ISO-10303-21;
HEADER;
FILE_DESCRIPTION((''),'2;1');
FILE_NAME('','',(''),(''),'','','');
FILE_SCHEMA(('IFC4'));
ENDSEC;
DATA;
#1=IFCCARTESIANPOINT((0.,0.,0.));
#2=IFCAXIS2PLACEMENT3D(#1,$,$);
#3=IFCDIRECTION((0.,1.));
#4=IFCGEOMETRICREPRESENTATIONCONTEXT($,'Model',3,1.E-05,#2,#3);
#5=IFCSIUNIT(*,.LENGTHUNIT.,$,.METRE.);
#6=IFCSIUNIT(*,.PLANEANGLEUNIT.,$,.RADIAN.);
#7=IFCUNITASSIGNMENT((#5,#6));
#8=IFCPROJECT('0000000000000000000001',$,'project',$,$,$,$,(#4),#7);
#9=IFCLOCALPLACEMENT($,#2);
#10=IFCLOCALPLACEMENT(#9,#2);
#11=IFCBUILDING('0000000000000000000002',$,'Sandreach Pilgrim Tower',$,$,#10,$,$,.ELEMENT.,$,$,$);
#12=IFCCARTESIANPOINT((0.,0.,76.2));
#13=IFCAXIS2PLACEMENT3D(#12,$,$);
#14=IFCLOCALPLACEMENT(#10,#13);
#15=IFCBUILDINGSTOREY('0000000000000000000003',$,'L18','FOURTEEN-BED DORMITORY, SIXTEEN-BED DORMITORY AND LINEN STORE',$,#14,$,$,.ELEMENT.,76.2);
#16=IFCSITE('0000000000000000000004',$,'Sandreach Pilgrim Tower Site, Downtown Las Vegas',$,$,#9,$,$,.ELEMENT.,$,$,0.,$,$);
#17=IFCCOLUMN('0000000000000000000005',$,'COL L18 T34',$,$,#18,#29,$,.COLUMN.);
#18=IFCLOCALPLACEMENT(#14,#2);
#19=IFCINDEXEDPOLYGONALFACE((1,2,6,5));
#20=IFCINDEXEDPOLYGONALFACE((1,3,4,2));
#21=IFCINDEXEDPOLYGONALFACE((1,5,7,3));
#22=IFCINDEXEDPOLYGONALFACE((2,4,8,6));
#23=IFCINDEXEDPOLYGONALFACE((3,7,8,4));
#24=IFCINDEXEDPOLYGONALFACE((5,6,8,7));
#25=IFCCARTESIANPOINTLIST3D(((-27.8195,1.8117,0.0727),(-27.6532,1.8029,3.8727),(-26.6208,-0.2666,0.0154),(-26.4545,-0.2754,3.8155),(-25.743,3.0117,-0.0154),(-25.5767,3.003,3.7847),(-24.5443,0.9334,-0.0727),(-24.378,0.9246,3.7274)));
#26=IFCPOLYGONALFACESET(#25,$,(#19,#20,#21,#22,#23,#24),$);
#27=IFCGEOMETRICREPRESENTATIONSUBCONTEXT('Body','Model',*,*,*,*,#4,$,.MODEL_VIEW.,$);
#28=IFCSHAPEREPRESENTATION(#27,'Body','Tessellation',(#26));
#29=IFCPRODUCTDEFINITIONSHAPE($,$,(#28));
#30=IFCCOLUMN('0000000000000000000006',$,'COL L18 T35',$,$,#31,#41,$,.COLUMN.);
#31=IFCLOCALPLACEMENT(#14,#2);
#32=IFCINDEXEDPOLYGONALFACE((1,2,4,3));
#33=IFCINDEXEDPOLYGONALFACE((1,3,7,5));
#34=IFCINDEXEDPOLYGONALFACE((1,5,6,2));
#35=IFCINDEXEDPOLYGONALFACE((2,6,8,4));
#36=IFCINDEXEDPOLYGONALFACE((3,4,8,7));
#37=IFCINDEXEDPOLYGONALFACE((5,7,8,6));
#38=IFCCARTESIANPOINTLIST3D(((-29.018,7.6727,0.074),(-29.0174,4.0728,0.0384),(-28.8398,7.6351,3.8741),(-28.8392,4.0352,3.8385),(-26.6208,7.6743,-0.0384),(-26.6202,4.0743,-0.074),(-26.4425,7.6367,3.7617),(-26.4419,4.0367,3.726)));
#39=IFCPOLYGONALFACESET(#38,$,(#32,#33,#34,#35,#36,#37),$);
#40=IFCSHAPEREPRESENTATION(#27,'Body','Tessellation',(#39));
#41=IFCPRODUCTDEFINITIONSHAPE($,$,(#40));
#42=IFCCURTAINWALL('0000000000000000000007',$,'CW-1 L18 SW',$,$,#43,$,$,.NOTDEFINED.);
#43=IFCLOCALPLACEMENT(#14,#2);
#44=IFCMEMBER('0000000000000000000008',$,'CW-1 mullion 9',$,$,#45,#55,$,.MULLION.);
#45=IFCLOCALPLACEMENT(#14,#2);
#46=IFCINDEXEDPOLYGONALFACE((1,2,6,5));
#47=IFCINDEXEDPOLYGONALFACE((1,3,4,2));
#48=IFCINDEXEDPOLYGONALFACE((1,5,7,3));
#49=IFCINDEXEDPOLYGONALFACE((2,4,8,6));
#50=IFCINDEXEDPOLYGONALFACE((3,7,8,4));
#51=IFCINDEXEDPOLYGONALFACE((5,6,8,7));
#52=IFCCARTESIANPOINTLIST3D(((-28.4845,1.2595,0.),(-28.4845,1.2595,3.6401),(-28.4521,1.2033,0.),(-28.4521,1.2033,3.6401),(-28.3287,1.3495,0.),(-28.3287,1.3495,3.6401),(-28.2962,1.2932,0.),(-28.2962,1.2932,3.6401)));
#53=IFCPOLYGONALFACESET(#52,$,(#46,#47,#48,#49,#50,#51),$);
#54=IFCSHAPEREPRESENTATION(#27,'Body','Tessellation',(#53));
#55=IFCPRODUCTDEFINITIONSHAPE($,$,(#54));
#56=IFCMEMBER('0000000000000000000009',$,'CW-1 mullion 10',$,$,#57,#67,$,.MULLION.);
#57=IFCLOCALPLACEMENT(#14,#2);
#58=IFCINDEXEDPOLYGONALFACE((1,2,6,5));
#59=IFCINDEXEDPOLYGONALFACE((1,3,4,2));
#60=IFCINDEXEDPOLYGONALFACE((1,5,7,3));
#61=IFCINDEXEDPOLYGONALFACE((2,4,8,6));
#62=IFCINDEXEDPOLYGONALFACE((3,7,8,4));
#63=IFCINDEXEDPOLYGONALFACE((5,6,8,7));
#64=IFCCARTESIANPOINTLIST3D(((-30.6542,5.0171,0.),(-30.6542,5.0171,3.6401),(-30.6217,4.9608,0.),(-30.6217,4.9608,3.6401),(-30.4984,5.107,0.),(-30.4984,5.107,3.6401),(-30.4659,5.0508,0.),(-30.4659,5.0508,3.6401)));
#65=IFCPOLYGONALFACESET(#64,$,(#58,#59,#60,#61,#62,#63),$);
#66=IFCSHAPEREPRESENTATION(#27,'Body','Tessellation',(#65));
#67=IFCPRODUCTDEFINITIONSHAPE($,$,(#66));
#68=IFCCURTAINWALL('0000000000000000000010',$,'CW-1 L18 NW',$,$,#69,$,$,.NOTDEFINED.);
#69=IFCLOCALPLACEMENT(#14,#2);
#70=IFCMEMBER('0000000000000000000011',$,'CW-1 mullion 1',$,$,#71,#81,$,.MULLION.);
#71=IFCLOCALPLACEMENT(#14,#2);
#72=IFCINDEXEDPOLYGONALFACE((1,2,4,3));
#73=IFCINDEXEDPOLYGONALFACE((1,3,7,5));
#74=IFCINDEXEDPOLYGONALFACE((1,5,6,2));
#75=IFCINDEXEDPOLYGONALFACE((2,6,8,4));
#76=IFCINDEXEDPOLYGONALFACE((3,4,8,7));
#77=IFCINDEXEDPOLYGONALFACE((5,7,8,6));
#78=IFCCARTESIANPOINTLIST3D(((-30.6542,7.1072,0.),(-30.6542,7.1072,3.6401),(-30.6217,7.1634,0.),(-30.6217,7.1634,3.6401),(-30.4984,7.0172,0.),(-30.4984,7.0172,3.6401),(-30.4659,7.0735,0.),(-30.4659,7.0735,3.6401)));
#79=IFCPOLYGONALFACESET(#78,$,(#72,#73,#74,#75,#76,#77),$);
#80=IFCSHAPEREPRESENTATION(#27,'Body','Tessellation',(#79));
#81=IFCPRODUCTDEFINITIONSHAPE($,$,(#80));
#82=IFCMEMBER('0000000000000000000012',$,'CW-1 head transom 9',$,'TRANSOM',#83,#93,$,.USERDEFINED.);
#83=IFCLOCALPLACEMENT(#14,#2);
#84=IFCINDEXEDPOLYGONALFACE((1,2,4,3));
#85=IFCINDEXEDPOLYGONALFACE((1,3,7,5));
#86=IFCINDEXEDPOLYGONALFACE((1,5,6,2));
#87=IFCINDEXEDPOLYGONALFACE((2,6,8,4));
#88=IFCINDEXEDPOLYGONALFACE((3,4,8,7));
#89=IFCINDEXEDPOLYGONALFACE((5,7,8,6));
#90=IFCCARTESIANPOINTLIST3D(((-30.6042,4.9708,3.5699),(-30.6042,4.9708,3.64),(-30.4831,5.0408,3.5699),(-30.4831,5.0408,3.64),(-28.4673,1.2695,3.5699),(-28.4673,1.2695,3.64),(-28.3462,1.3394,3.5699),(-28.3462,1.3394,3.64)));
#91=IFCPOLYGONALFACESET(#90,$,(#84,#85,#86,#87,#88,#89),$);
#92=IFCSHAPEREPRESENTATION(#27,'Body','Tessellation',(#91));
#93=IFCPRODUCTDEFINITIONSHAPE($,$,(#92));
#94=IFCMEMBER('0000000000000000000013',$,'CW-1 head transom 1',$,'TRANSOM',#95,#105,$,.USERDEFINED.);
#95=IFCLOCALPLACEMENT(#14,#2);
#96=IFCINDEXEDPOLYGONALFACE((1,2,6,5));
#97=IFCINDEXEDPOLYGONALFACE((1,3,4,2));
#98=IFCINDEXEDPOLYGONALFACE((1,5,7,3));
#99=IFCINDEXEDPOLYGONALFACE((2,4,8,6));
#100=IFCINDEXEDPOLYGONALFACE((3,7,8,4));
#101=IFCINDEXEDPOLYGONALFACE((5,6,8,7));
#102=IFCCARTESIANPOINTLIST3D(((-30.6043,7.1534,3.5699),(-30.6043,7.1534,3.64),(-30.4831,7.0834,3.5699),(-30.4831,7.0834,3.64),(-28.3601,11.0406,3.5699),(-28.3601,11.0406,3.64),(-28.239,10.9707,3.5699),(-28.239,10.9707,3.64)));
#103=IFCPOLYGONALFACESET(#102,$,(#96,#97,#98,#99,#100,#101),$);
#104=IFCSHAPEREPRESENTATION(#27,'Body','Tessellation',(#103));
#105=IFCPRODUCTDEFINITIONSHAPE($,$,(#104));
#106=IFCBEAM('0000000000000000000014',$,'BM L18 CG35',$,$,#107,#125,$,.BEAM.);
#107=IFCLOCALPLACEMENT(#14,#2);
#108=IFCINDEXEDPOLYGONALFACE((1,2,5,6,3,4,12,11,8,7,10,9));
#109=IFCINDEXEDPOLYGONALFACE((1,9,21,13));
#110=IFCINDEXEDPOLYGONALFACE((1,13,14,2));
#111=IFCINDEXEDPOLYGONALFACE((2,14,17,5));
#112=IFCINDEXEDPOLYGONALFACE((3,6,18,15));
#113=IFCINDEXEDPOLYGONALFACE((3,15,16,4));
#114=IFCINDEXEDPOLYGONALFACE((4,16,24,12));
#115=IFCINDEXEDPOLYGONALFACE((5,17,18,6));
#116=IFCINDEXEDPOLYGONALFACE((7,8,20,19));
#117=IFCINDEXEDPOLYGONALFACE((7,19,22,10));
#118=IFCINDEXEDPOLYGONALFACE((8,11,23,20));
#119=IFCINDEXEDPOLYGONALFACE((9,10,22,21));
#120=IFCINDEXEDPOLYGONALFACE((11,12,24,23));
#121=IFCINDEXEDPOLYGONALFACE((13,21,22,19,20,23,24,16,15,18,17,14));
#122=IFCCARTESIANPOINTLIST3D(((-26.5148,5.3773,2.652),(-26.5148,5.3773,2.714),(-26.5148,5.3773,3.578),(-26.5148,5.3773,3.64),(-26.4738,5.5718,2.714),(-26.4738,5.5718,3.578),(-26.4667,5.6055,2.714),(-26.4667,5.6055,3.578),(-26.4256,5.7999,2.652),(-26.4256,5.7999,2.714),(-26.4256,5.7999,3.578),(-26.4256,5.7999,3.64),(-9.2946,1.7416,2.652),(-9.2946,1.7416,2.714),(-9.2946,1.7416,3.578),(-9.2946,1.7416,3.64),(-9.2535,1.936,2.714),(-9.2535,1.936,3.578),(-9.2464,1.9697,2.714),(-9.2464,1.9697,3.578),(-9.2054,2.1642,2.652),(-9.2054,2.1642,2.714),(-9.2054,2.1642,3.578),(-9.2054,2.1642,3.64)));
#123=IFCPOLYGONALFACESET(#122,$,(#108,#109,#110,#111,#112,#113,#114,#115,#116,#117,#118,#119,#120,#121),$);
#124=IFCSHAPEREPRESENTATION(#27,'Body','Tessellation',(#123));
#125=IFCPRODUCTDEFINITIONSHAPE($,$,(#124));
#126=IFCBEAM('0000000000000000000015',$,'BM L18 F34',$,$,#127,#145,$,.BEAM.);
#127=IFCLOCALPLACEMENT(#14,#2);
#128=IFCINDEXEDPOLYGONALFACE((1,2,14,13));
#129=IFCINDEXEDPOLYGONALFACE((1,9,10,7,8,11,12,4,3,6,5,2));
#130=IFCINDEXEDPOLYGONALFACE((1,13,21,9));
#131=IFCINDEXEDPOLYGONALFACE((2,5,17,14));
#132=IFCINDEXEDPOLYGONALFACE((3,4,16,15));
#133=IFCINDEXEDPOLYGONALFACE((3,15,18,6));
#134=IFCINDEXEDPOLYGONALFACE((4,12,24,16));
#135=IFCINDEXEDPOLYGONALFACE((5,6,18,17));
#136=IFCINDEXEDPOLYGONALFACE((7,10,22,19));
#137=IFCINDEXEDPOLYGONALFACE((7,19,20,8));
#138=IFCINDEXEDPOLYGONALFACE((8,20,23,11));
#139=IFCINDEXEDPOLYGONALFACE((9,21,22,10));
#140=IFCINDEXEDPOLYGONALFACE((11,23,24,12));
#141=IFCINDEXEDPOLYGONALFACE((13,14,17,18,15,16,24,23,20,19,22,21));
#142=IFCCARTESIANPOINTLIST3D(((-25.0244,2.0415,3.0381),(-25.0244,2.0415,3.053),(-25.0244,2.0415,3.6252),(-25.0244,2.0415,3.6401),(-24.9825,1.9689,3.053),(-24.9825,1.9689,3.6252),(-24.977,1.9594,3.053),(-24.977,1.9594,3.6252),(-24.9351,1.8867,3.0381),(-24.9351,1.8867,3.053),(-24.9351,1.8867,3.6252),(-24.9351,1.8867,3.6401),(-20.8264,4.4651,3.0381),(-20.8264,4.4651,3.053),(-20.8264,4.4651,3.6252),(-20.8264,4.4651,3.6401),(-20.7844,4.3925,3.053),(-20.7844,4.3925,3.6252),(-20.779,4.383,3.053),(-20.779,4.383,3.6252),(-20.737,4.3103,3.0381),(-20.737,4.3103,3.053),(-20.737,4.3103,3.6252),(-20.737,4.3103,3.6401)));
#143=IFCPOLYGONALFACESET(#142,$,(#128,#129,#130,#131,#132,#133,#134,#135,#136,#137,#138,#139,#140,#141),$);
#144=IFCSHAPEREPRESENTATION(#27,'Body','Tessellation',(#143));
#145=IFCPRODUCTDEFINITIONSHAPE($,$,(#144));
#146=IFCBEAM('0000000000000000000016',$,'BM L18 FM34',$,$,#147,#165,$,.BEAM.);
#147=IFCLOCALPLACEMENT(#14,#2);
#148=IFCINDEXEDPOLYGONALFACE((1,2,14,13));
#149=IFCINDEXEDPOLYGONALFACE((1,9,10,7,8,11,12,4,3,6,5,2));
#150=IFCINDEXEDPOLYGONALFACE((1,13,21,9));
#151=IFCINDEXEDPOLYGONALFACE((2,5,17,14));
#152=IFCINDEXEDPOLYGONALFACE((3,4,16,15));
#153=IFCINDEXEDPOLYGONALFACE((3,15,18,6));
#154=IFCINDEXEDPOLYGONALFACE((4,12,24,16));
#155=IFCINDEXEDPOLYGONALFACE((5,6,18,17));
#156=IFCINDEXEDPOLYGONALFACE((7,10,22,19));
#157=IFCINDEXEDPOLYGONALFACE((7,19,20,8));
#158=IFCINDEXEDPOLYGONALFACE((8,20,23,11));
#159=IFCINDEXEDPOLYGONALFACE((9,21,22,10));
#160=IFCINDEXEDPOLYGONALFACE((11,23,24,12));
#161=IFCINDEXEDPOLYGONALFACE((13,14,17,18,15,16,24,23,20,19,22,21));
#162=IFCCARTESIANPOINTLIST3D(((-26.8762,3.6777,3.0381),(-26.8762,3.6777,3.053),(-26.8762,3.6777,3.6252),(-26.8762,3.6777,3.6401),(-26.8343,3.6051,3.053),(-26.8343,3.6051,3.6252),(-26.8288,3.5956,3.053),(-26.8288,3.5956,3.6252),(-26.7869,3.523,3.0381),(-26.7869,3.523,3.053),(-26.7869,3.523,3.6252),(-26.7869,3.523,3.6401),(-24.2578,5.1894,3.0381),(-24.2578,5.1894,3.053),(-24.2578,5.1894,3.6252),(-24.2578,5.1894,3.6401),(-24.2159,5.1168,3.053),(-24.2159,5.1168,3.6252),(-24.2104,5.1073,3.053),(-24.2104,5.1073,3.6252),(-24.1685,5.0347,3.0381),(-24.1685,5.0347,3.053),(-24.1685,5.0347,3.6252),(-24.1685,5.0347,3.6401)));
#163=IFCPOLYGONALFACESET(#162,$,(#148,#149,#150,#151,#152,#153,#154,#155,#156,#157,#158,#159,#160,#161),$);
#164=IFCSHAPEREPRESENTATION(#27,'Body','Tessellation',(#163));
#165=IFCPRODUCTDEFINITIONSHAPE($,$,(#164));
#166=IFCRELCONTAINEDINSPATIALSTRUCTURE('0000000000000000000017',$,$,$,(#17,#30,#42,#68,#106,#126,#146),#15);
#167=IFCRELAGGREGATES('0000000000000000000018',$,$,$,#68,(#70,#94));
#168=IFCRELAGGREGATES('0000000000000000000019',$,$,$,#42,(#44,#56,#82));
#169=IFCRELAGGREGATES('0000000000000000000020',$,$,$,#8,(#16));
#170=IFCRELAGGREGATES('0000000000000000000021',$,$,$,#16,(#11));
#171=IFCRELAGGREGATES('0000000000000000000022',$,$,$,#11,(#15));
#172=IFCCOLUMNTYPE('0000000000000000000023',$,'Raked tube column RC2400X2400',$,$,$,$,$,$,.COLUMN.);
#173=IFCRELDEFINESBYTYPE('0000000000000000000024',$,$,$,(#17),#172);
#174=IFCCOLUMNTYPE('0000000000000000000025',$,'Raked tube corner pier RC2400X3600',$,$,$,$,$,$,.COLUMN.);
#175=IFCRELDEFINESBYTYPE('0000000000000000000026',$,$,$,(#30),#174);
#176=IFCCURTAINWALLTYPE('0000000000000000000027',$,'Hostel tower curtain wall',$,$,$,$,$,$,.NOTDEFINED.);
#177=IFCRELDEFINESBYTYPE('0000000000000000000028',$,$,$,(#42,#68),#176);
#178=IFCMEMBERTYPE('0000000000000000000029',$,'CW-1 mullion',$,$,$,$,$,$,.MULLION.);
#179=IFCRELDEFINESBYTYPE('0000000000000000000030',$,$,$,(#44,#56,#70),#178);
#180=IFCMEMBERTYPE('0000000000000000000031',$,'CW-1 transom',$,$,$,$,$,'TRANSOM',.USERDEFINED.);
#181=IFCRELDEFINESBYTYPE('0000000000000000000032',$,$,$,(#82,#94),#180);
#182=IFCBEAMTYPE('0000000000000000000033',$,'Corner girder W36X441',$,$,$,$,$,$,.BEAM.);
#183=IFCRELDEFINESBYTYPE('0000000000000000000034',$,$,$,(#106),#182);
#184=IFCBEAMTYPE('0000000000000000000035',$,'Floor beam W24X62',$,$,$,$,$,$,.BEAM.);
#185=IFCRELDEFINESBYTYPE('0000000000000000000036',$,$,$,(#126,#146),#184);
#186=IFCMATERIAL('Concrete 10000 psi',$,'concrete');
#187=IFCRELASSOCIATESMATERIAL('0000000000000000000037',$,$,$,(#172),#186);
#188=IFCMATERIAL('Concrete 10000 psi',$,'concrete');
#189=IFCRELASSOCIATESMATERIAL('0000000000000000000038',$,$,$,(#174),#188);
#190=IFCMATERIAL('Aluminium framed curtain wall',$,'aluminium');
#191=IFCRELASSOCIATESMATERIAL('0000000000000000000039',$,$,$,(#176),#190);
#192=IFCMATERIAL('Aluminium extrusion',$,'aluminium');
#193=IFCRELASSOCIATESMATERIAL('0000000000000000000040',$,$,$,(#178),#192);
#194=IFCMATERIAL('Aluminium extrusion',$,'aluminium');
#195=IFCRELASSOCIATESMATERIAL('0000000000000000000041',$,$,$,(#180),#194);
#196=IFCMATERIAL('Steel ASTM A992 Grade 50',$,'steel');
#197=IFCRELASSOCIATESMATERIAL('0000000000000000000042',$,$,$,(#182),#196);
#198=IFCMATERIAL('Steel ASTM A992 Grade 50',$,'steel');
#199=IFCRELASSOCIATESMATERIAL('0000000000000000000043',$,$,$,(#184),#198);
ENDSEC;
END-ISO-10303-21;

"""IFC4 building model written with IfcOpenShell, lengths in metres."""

from ifc_helpers import new_model, si_unit, direction, frame, origin, origin_2d, place, context, subcontext, project, spatial, rectangle, i_section, extrude, material, material_profile, profile_set, type_object, element, aggregate, save


model = new_model("IFC4")

# Units and contexts
model_context = context("Model", 3, precision=1e-05, world=origin(), true_north=direction((0.0, 1.0)))
body_context = subcontext(model_context, "Body", "Model", "MODEL_VIEW")
ifc_project = project(units=[si_unit("LENGTHUNIT", "METRE"), si_unit("PLANEANGLEUNIT", "RADIAN")], contexts=[model_context])

# Site, building, storey
site_placement = place(None, origin())
site = spatial("IfcSite", under=ifc_project, at=site_placement, Name="Sandreach Pilgrim Tower Site, Downtown Las Vegas", CompositionType="ELEMENT", RefElevation=0.0)
building_placement = place(site_placement, origin())
building = spatial("IfcBuilding", under=site, at=building_placement, Name="Sandreach Pilgrim Tower", CompositionType="ELEMENT")
storey_placement = place(building_placement, frame((0.0, 0.0, 76.2)))
storey = spatial("IfcBuildingStorey", under=building, at=storey_placement, Name="L18", Description="FOURTEEN-BED DORMITORY, SIXTEEN-BED DORMITORY AND LINEN STORE", CompositionType="ELEMENT", Elevation=76.2)

# Columns
ifc_material_1 = material(Name="Concrete 10000 psi", Category="concrete")
ifc_material_profile_1 = material_profile(ifc_material_1, rectangle(XDim=2.3999, YDim=2.3999, at=origin_2d()), Name="RC2400X2400")
ifc_profile_set_1 = profile_set([ifc_material_profile_1], Name="Concrete 10000 psi")
column_type_1 = type_object("IfcColumnType", Name="Raked tube column RC2400X2400", PredefinedType="COLUMN", material=ifc_profile_set_1)
column_1_placement = place(storey_placement, frame((-26.1819, 1.3726, 0.0), z_axis=(0.04371, -0.002311, 0.999042), x_axis=(-0.865224, -0.500041, 0.036699)))
element("IfcColumn", 1, at=column_1_placement, inside=storey, type_object=column_type_1, Name="COL L18 T34", PredefinedType="COLUMN", context=body_context, shape_type="SweptSolid", body=[
    extrude(rectangle(XDim=2.3999, YDim=2.3999, at=origin_2d()), origin(), (0.0, 0.0, 1.0), 3.8037),
])
ifc_material_2 = material(Name="Concrete 10000 psi", Category="concrete")
ifc_material_profile_2 = material_profile(ifc_material_2, rectangle(XDim=2.3999, YDim=3.6001, at=origin_2d()), Name="RC2400X3600")
ifc_profile_set_2 = profile_set([ifc_material_profile_2], Name="Concrete 10000 psi")
column_type_2 = type_object("IfcColumnType", Name="Raked tube corner pier RC2400X3600", PredefinedType="COLUMN", material=ifc_profile_set_2)
column_2_placement = place(storey_placement, frame((-27.8191, 5.8735, 0.0), z_axis=(0.046846, -0.009883, 0.998853), x_axis=(-0.998902, -0.00063, 0.046842)))
element("IfcColumn", 2, at=column_2_placement, inside=storey, type_object=column_type_2, Name="COL L18 T35", PredefinedType="COLUMN", context=body_context, shape_type="SweptSolid", body=[
    extrude(rectangle(XDim=2.3999, YDim=3.6001, at=origin_2d()), origin(), (0.0, 0.0, 1.0), 3.8044),
])

# Curtain wall, members
ifc_material_3 = material(Name="Aluminium framed curtain wall", Category="aluminium")
curtain_wall_type = type_object("IfcCurtainWallType", Name="Hostel tower curtain wall", PredefinedType="NOTDEFINED", material=ifc_material_3)
curtain_wall_1_placement = place(storey_placement, origin())
curtain_wall_1 = element("IfcCurtainWall", 3, at=curtain_wall_1_placement, inside=storey, type_object=curtain_wall_type, Name="CW-1 L18 SW", PredefinedType="NOTDEFINED")
ifc_material_4 = material(Name="Aluminium extrusion", Category="aluminium")
ifc_material_profile_3 = material_profile(ifc_material_4, rectangle(XDim=0.0649, YDim=0.1799, at=origin_2d()), Name="CW-1M 65X180")
ifc_profile_set_3 = profile_set([ifc_material_profile_3], Name="Aluminium extrusion")
member_type_1 = type_object("IfcMemberType", Name="CW-1 mullion", PredefinedType="MULLION", material=ifc_profile_set_3)
member_1_placement = place(storey_placement, frame((-28.3904, 1.2764, 0.0), z_axis=(0.0, 0.0, 1.0), x_axis=(-0.5, 0.866025, 0.0)))
member_1 = element("IfcMember", 4, at=member_1_placement, type_object=member_type_1, Name="CW-1 mullion 9", PredefinedType="MULLION", context=body_context, shape_type="SweptSolid", body=[
    extrude(rectangle(XDim=0.0649, YDim=0.1799, at=origin_2d()), origin(), (0.0, 0.0, 1.0), 3.6401),
])
member_2_placement = place(storey_placement, frame((-30.5601, 5.0339, 0.0), z_axis=(0.0, 0.0, 1.0), x_axis=(-0.5, 0.866025, 0.0)))
member_2 = element("IfcMember", 5, at=member_2_placement, type_object=member_type_1, Name="CW-1 mullion 10", PredefinedType="MULLION", context=body_context, shape_type="SweptSolid", body=[
    extrude(rectangle(XDim=0.0649, YDim=0.1799, at=origin_2d()), origin(), (0.0, 0.0, 1.0), 3.6401),
])

# Curtain wall, member
curtain_wall_2_placement = place(storey_placement, origin())
curtain_wall_2 = element("IfcCurtainWall", 6, at=curtain_wall_2_placement, inside=storey, type_object=curtain_wall_type, Name="CW-1 L18 NW", PredefinedType="NOTDEFINED")
member_3_placement = place(storey_placement, frame((-30.5601, 7.0903, 0.0), z_axis=(0.0, 0.0, 1.0), x_axis=(0.5, 0.866025, 0.0)))
member_3 = element("IfcMember", 7, at=member_3_placement, type_object=member_type_1, Name="CW-1 mullion 1", PredefinedType="MULLION", context=body_context, shape_type="SweptSolid", body=[
    extrude(rectangle(XDim=0.0649, YDim=0.1799, at=origin_2d()), origin(), (0.0, 0.0, 1.0), 3.6401),
])

# Members
ifc_material_5 = material(Name="Aluminium extrusion", Category="aluminium")
ifc_material_profile_4 = material_profile(ifc_material_5, rectangle(XDim=0.1399, YDim=0.0701, at=origin_2d()), Name="CW-1T 140X70")
ifc_profile_set_4 = profile_set([ifc_material_profile_4], Name="Aluminium extrusion")
member_type_2 = type_object("IfcMemberType", Name="CW-1 transom", ElementType="TRANSOM", PredefinedType="USERDEFINED", material=ifc_profile_set_4)
member_4_placement = place(storey_placement, frame((-28.4067, 1.3044, 3.605), z_axis=(-0.499991, 0.866031, 0.0), x_axis=(-0.866031, -0.499991, 0.0)))
member_4 = element("IfcMember", 8, at=member_4_placement, type_object=member_type_2, Name="CW-1 head transom 9", ObjectType="TRANSOM", PredefinedType="USERDEFINED", context=body_context, shape_type="SweptSolid", body=[
    extrude(rectangle(XDim=0.1399, YDim=0.0701, at=origin_2d()), origin(), (0.0, 0.0, 1.0), 4.2739),
])
member_5_placement = place(storey_placement, frame((-30.5437, 7.1184, 3.605), z_axis=(0.499977, 0.866039, 0.0), x_axis=(-0.866039, 0.499977, 0.0)))
member_5 = element("IfcMember", 9, at=member_5_placement, type_object=member_type_2, Name="CW-1 head transom 1", ObjectType="TRANSOM", PredefinedType="USERDEFINED", context=body_context, shape_type="SweptSolid", body=[
    extrude(rectangle(XDim=0.1399, YDim=0.0701, at=origin_2d()), origin(), (0.0, 0.0, 1.0), 4.4885),
])
aggregate(curtain_wall_2, [member_3, member_5])

# Beams
ifc_material_6 = material(Name="Steel ASTM A992 Grade 50", Category="steel")
ifc_material_profile_5 = material_profile(ifc_material_6, i_section(OverallWidth=0.4319, OverallDepth=0.988, WebThickness=0.0344, FlangeThickness=0.062, at=origin_2d()), Name="W36X441")
ifc_profile_set_5 = profile_set([ifc_material_profile_5], Name="Steel ASTM A992 Grade 50")
beam_type_1 = type_object("IfcBeamType", Name="Corner girder W36X441", PredefinedType="BEAM", material=ifc_profile_set_5)
beam_1_placement = place(storey_placement, frame((-26.4702, 5.5886, 3.146), z_axis=(0.97843, -0.206578, 0.0), x_axis=(0.206578, 0.97843, 0.0)))
element("IfcBeam", 10, at=beam_1_placement, inside=storey, type_object=beam_type_1, Name="BM L18 CG35", PredefinedType="BEAM", context=body_context, shape_type="SweptSolid", body=[
    extrude(i_section(OverallWidth=0.4319, OverallDepth=0.988, WebThickness=0.0344, FlangeThickness=0.062, at=origin_2d()), origin(), (0.0, 0.0, 1.0), 17.5999),
])
ifc_material_7 = material(Name="Steel ASTM A992 Grade 50", Category="steel")
ifc_material_profile_6 = material_profile(ifc_material_7, i_section(OverallWidth=0.1787, OverallDepth=0.6021, WebThickness=0.011, FlangeThickness=0.0149, at=origin_2d()), Name="W24X62")
ifc_profile_set_6 = profile_set([ifc_material_profile_6], Name="Steel ASTM A992 Grade 50")
beam_type_2 = type_object("IfcBeamType", Name="Floor beam W24X62", PredefinedType="BEAM", material=ifc_profile_set_6)
beam_2_placement = place(storey_placement, frame((-24.9797, 1.9641, 3.3391), z_axis=(0.866037, 0.49998, 0.0), x_axis=(-0.49998, 0.866037, 0.0)))
element("IfcBeam", 11, at=beam_2_placement, inside=storey, type_object=beam_type_2, Name="BM L18 F34", PredefinedType="BEAM", context=body_context, shape_type="SweptSolid", body=[
    extrude(i_section(OverallWidth=0.1787, OverallDepth=0.6021, WebThickness=0.011, FlangeThickness=0.0149, at=origin_2d()), origin(), (0.0, 0.0, 1.0), 4.8474),
])
beam_3_placement = place(storey_placement, frame((-26.8315, 3.6003, 3.3391), z_axis=(0.866028, 0.499995, 0.0), x_axis=(-0.499995, 0.866028, 0.0)))
element("IfcBeam", 12, at=beam_3_placement, inside=storey, type_object=beam_type_2, Name="BM L18 FM34", PredefinedType="BEAM", context=body_context, shape_type="SweptSolid", body=[
    extrude(i_section(OverallWidth=0.1787, OverallDepth=0.6021, WebThickness=0.011, FlangeThickness=0.0149, at=origin_2d()), origin(), (0.0, 0.0, 1.0), 3.0234),
])

aggregate(curtain_wall_1, [member_1, member_2, member_4])

save(model, "model.ifc")
